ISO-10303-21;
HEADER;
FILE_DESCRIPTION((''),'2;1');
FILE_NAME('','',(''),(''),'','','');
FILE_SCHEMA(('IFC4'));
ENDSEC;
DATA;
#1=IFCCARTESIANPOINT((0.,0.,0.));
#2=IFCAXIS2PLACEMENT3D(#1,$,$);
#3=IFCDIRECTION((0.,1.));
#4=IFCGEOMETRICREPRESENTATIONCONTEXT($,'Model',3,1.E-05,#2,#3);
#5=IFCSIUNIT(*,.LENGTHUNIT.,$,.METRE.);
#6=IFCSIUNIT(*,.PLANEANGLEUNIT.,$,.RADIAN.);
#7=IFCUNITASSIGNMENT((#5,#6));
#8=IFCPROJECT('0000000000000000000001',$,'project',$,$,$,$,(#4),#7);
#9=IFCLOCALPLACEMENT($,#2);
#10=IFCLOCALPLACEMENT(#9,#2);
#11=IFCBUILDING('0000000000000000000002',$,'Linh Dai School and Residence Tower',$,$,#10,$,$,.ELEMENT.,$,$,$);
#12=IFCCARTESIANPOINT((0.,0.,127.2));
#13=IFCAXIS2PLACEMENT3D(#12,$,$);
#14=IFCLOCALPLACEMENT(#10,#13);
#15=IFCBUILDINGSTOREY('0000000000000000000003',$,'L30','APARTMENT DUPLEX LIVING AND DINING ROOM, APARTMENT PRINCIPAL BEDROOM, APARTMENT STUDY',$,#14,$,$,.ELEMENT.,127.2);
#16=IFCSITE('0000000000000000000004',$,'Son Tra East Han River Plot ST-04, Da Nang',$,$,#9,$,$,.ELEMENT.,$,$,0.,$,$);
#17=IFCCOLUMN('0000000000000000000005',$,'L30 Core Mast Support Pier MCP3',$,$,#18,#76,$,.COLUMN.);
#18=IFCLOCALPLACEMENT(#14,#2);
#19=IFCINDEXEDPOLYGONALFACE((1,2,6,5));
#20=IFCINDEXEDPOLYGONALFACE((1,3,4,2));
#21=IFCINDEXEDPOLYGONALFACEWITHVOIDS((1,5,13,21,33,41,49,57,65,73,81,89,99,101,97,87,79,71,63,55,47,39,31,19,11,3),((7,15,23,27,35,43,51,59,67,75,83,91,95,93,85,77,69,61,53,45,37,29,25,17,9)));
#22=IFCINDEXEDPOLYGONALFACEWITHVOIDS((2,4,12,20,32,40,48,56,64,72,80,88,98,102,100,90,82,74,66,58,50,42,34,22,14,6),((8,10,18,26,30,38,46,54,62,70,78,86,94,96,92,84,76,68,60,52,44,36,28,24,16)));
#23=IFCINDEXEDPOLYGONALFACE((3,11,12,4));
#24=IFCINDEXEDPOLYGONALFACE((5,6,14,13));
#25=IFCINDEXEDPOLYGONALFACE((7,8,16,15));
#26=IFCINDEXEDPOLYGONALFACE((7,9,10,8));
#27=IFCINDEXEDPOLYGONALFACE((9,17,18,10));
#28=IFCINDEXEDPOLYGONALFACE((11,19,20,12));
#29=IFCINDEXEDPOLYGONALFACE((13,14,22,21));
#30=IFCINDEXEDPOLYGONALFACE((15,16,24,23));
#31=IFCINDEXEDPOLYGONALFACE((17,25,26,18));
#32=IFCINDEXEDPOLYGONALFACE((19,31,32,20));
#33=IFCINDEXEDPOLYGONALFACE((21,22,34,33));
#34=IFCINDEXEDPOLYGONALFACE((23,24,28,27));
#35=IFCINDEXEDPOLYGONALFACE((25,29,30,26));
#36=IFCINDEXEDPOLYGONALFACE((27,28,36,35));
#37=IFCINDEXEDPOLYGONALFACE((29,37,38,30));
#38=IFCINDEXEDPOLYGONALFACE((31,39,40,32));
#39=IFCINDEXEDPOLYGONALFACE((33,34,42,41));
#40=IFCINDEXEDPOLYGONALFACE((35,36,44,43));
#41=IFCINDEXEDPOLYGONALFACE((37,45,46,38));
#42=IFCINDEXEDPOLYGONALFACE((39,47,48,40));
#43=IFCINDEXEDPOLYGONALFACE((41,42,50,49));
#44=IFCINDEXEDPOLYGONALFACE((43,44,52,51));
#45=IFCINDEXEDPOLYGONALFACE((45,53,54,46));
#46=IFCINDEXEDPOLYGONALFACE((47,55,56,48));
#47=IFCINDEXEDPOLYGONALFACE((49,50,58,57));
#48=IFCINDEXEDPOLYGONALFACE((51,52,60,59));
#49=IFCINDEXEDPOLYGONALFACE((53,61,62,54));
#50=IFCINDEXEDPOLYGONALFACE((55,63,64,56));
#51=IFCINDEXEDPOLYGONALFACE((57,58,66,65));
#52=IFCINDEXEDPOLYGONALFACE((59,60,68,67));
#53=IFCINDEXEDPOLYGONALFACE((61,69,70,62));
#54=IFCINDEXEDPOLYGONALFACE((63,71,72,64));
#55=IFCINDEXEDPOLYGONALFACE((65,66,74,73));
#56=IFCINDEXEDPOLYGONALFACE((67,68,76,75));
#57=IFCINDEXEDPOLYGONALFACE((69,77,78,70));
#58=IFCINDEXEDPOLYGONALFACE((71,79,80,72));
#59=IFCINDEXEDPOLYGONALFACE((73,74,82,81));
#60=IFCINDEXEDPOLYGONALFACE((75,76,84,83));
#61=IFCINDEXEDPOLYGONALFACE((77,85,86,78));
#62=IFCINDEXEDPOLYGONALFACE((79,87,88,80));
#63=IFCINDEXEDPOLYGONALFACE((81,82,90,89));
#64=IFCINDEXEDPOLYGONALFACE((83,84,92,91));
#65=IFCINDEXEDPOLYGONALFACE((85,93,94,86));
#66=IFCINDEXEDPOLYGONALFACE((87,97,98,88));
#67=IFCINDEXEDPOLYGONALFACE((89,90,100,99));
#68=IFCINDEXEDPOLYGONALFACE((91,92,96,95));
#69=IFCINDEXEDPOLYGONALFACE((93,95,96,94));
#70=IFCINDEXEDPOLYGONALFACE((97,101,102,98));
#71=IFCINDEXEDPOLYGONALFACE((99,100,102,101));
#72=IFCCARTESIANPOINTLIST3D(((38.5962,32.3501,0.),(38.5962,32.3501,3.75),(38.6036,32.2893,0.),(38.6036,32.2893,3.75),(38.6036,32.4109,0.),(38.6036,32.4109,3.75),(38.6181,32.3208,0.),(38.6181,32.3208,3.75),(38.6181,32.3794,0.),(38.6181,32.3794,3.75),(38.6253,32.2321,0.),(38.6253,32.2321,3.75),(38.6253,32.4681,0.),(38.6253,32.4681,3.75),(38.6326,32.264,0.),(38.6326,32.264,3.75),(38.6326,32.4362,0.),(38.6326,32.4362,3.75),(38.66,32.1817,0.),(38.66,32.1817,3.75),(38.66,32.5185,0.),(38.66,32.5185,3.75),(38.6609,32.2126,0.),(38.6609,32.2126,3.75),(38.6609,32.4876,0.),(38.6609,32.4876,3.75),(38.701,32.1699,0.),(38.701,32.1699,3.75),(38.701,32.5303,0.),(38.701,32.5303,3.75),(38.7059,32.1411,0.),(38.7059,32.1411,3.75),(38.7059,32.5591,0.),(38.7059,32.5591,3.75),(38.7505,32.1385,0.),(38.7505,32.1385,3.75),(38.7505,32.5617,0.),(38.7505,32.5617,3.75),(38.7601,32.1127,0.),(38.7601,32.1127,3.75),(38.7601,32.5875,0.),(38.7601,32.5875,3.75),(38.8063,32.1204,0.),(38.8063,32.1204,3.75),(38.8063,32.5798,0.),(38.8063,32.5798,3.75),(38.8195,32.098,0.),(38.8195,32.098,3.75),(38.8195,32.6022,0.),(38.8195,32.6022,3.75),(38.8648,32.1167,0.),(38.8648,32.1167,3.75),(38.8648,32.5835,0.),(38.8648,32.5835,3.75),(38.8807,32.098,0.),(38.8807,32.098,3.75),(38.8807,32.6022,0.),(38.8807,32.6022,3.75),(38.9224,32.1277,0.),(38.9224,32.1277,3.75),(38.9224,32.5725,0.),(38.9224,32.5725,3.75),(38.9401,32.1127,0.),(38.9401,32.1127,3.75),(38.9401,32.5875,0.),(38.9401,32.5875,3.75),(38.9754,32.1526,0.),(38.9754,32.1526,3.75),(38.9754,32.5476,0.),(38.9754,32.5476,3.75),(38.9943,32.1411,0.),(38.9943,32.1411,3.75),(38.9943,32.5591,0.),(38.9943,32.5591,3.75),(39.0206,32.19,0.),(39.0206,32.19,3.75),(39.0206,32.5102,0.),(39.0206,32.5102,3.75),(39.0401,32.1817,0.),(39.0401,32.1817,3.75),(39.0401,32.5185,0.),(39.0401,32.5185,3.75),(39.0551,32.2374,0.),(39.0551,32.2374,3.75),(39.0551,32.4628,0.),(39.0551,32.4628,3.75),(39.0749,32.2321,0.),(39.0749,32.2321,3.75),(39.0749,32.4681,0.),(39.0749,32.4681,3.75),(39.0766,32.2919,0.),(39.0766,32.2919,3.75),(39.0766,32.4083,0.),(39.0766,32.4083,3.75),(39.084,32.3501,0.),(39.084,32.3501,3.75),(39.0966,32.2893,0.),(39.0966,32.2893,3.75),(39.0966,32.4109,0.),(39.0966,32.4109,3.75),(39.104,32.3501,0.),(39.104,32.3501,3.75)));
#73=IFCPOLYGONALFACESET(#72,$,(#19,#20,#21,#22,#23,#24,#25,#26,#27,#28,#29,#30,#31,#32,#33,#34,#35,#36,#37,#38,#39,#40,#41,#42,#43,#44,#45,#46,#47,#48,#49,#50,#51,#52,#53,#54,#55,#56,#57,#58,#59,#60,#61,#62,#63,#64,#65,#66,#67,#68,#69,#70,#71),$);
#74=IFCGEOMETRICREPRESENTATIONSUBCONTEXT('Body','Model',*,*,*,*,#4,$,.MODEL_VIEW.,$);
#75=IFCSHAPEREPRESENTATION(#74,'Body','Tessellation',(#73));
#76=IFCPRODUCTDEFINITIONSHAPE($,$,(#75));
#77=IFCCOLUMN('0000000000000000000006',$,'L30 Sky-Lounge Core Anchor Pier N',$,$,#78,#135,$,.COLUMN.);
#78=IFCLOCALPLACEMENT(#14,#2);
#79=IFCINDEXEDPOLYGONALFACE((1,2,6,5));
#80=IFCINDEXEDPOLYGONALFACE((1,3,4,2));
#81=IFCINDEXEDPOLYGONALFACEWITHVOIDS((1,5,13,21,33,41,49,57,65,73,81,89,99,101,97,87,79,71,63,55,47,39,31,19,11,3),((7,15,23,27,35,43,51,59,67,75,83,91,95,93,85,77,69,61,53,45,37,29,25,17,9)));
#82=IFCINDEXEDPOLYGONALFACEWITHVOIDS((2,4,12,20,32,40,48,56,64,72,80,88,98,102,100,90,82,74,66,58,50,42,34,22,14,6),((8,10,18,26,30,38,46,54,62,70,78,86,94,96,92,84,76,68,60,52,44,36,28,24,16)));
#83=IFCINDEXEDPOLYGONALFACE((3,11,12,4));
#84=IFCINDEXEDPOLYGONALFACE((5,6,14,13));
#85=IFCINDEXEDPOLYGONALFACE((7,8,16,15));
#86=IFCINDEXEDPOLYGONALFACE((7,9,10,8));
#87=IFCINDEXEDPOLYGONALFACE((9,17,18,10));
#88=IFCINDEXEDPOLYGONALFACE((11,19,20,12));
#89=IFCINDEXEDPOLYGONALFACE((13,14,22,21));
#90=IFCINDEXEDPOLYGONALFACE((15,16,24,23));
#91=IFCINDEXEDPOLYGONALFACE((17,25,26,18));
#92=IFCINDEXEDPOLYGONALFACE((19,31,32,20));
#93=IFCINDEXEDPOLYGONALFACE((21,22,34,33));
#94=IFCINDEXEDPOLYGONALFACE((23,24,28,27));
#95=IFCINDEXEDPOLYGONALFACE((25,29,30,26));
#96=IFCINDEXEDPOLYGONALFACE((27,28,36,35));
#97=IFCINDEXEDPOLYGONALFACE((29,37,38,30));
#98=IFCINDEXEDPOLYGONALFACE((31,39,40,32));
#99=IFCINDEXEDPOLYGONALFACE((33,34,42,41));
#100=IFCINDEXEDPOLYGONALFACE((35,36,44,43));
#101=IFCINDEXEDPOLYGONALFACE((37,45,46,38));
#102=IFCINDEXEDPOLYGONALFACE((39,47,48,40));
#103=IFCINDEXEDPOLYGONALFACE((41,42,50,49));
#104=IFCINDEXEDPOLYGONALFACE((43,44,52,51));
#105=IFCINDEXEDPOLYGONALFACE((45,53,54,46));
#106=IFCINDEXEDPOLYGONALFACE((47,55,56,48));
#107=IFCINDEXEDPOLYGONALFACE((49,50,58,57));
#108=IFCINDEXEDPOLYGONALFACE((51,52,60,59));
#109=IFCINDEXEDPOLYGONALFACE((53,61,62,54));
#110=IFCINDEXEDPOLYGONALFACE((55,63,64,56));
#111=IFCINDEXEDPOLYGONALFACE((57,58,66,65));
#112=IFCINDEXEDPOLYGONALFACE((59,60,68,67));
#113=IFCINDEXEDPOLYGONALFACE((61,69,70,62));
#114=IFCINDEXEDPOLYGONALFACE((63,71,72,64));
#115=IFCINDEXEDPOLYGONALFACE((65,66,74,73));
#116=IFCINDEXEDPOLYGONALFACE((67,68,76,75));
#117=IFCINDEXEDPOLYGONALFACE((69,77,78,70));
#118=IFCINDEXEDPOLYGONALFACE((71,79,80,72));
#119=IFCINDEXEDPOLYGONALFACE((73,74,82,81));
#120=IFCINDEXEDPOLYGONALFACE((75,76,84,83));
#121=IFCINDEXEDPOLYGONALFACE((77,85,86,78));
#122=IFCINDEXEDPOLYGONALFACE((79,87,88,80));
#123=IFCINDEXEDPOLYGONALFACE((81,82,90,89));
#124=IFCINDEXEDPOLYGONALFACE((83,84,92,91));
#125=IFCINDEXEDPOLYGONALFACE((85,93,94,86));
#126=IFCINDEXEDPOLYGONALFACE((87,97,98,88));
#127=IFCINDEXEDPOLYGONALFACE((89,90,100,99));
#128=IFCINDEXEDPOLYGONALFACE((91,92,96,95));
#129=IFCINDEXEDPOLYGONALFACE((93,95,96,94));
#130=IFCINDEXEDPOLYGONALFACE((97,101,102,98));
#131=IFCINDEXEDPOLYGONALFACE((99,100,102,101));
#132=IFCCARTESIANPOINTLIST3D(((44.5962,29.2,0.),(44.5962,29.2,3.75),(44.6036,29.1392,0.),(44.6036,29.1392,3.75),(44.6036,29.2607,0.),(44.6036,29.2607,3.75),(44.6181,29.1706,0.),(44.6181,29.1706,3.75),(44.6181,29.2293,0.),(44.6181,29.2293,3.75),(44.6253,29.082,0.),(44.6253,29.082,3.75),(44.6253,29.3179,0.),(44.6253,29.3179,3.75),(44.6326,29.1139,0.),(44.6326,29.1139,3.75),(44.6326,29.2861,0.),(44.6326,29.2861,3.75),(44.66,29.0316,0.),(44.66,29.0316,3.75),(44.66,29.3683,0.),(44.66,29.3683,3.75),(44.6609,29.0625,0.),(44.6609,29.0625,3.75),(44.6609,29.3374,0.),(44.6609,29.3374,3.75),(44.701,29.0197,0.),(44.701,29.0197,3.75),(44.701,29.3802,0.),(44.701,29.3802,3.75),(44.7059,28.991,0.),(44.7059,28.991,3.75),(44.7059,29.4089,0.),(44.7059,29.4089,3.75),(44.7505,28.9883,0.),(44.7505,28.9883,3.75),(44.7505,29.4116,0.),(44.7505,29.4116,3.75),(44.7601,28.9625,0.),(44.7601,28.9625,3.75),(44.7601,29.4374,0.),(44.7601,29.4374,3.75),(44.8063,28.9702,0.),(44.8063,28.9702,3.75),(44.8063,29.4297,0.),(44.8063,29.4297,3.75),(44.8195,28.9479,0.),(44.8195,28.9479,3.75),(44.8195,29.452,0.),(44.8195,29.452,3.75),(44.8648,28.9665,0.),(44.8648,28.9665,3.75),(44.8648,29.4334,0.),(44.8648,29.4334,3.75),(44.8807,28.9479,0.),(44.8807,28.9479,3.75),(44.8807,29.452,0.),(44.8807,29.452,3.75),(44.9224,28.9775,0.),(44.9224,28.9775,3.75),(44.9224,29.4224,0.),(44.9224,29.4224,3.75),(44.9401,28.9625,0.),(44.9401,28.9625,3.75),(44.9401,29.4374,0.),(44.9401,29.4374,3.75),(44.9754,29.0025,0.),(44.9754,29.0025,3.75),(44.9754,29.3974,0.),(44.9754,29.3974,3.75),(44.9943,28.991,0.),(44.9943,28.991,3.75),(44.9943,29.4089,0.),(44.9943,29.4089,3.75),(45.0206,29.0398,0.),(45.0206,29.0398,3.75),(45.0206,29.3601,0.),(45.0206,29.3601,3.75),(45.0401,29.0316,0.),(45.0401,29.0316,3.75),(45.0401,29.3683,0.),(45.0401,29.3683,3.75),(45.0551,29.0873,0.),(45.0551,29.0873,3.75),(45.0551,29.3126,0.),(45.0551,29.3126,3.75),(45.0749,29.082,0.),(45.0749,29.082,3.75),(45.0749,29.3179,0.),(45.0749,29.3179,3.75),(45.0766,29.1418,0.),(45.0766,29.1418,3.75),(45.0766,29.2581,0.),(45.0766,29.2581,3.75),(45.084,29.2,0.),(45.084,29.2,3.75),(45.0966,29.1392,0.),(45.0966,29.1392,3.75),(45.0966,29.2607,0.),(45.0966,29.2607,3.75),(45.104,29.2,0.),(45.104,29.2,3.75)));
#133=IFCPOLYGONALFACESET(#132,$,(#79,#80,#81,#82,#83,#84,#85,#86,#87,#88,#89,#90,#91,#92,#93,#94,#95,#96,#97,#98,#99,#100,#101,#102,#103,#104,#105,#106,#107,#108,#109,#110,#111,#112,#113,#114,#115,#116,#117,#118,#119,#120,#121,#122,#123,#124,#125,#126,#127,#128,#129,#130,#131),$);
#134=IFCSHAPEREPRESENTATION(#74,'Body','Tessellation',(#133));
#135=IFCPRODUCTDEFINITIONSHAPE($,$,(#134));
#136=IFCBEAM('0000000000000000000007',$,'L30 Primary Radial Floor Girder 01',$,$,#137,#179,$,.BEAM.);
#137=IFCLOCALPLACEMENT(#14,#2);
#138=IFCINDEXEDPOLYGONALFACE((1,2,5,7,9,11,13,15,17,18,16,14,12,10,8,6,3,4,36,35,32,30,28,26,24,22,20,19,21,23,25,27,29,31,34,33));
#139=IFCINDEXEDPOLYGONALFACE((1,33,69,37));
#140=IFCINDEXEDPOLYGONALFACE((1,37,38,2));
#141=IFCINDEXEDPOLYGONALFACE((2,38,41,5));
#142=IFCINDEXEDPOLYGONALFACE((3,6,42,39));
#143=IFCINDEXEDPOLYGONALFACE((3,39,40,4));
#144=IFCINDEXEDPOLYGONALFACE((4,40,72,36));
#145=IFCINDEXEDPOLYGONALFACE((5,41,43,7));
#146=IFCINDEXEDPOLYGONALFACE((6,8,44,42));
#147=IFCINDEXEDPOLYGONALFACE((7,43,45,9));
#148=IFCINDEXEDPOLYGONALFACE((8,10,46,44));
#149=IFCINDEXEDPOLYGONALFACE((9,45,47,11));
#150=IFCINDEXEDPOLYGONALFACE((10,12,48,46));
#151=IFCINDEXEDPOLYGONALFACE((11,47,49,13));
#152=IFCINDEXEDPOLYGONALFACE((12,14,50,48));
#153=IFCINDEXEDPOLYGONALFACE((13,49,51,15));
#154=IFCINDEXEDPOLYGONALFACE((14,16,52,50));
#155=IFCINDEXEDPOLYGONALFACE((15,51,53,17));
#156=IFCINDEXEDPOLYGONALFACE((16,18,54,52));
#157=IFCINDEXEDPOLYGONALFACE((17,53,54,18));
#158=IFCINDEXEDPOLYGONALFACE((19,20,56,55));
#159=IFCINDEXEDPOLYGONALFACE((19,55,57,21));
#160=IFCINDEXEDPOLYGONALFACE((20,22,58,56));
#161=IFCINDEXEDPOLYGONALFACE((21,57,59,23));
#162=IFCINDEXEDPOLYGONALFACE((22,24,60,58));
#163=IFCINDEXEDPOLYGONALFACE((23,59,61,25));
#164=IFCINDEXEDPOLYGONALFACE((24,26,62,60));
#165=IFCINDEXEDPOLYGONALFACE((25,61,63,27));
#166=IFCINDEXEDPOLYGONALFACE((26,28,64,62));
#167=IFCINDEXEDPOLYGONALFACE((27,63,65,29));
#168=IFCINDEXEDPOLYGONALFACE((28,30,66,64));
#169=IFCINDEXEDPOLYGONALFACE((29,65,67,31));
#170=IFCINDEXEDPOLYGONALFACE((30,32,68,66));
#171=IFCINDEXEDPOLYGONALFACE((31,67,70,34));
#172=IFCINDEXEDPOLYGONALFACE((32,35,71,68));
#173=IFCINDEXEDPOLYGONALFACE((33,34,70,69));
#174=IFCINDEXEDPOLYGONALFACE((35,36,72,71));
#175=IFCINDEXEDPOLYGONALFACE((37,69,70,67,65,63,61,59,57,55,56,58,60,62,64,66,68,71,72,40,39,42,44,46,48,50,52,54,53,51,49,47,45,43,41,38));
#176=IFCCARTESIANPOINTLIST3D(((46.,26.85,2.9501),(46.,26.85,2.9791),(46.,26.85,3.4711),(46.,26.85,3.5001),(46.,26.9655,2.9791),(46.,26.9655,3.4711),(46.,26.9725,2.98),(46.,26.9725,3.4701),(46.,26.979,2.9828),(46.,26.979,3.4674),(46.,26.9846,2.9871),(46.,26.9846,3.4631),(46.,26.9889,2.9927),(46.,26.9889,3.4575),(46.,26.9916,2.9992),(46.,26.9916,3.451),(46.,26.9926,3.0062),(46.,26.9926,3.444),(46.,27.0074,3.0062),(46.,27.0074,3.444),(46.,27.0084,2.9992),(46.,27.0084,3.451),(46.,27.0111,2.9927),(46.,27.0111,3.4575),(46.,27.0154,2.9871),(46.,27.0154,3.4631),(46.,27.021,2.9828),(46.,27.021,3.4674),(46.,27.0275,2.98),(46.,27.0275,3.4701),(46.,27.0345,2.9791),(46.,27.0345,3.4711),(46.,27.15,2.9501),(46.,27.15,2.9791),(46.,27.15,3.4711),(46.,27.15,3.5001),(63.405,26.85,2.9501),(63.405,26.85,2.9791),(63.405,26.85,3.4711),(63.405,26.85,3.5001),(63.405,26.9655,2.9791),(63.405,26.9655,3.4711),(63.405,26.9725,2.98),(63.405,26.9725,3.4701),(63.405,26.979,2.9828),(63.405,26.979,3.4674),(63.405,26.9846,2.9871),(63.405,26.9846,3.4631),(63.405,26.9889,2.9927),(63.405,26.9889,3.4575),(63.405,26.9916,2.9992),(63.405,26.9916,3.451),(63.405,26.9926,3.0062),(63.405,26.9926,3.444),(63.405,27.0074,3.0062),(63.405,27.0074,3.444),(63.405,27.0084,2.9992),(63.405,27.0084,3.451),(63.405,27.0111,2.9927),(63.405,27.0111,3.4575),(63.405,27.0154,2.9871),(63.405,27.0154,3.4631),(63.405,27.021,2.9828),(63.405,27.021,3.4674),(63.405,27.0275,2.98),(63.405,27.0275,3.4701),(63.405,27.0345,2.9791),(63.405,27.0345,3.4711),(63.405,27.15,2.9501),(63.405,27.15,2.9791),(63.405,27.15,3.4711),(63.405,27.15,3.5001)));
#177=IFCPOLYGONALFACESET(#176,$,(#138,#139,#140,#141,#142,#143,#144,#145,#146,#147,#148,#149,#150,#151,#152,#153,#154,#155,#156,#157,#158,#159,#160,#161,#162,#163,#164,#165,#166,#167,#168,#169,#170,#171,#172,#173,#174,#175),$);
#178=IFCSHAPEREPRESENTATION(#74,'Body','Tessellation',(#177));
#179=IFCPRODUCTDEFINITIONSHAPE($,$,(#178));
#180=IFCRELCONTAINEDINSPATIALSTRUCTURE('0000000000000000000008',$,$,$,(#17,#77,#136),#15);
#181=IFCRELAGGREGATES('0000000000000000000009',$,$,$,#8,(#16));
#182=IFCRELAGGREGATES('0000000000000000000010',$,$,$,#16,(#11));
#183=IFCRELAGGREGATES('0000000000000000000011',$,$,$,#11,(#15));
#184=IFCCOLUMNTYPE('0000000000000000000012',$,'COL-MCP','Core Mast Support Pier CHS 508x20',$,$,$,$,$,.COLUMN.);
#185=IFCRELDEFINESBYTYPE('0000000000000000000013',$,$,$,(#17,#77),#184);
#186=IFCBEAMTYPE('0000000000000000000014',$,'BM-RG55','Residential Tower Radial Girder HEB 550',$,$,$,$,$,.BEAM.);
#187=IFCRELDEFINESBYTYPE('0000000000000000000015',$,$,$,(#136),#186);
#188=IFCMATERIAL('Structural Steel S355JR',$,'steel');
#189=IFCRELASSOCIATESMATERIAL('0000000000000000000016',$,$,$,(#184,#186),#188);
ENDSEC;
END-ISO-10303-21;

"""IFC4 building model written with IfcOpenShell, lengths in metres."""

from ifc_helpers import new_model, si_unit, direction, frame, origin, origin_2d, place, context, subcontext, project, spatial, hollow_circle, i_section, extrude, material, material_profile, profile_set, type_object, element, save


model = new_model("IFC4")

# Units and contexts
model_context = context("Model", 3, precision=1e-05, world=origin(), true_north=direction((0.0, 1.0)))
body_context = subcontext(model_context, "Body", "Model", "MODEL_VIEW")
ifc_project = project(units=[si_unit("LENGTHUNIT", "METRE"), si_unit("PLANEANGLEUNIT", "RADIAN")], contexts=[model_context])

# Site, building, storey
site_placement = place(None, origin())
site = spatial("IfcSite", under=ifc_project, at=site_placement, Name="Son Tra East Han River Plot ST-04, Da Nang", CompositionType="ELEMENT", RefElevation=0.0)
building_placement = place(site_placement, origin())
building = spatial("IfcBuilding", under=site, at=building_placement, Name="Linh Dai School and Residence Tower", CompositionType="ELEMENT")
storey_placement = place(building_placement, frame((0.0, 0.0, 127.2)))
storey = spatial("IfcBuildingStorey", under=building, at=storey_placement, Name="L30", Description="APARTMENT DUPLEX LIVING AND DINING ROOM, APARTMENT PRINCIPAL BEDROOM, APARTMENT STUDY", CompositionType="ELEMENT", Elevation=127.2)

# Columns
ifc_material_1 = material(Name="Structural Steel S355JR", Category="steel")
ifc_material_profile_1 = material_profile(ifc_material_1, hollow_circle(Radius=0.2539, WallThickness=0.02, at=origin_2d()), Name="CHS 508x20")
ifc_profile_set_1 = profile_set([ifc_material_profile_1], Name="Structural Steel S355JR")
column_type_1 = type_object("IfcColumnType", Name="COL-MCP", Description="Core Mast Support Pier CHS 508x20", PredefinedType="COLUMN", material=ifc_profile_set_1)
for number, where, z_axis, x_axis, name in (
    (1, (38.8501, 32.3501, 0.0), (0.0, 0.0, 1.0), (1.0, 0.0, 0.0), "L30 Core Mast Support Pier MCP3"),
    (2, (44.8501, 29.2, 0.0), (0.0, 0.0, 1.0), (1.0, 0.0, 0.0), "L30 Sky-Lounge Core Anchor Pier N"),
):
    element("IfcColumn", number, at=place(storey_placement, frame(where, z_axis=z_axis, x_axis=x_axis)), inside=storey, type_object=column_type_1, Name=name, PredefinedType="COLUMN", context=body_context, shape_type="SweptSolid", body=[
        extrude(hollow_circle(Radius=0.2539, WallThickness=0.02, at=origin_2d()), origin(), (0.0, 0.0, 1.0), 3.75),
    ])

# Beam
ifc_material_profile_2 = material_profile(ifc_material_1, i_section(OverallWidth=0.3, OverallDepth=0.55, WebThickness=0.0149, FlangeThickness=0.0291, FilletRadius=0.0271, at=origin_2d()), Name="HEB 550")
ifc_profile_set_2 = profile_set([ifc_material_profile_2], Name="Structural Steel S355JR")
beam_type_1 = type_object("IfcBeamType", Name="BM-RG55", Description="Residential Tower Radial Girder HEB 550", PredefinedType="BEAM", material=ifc_profile_set_2)
beam_1_placement = place(storey_placement, frame((46.0, 27.0, 3.2251), z_axis=(1.0, 0.0, 0.0), x_axis=(0.0, 1.0, 0.0)))
element("IfcBeam", 3, at=beam_1_placement, inside=storey, type_object=beam_type_1, Name="L30 Primary Radial Floor Girder 01", PredefinedType="BEAM", context=body_context, shape_type="SweptSolid", body=[
    extrude(i_section(OverallWidth=0.3, OverallDepth=0.55, WebThickness=0.0149, FlangeThickness=0.0291, FilletRadius=0.0271, at=origin_2d()), origin(), (0.0, 0.0, 1.0), 17.405),
])

save(model, "model.ifc")
